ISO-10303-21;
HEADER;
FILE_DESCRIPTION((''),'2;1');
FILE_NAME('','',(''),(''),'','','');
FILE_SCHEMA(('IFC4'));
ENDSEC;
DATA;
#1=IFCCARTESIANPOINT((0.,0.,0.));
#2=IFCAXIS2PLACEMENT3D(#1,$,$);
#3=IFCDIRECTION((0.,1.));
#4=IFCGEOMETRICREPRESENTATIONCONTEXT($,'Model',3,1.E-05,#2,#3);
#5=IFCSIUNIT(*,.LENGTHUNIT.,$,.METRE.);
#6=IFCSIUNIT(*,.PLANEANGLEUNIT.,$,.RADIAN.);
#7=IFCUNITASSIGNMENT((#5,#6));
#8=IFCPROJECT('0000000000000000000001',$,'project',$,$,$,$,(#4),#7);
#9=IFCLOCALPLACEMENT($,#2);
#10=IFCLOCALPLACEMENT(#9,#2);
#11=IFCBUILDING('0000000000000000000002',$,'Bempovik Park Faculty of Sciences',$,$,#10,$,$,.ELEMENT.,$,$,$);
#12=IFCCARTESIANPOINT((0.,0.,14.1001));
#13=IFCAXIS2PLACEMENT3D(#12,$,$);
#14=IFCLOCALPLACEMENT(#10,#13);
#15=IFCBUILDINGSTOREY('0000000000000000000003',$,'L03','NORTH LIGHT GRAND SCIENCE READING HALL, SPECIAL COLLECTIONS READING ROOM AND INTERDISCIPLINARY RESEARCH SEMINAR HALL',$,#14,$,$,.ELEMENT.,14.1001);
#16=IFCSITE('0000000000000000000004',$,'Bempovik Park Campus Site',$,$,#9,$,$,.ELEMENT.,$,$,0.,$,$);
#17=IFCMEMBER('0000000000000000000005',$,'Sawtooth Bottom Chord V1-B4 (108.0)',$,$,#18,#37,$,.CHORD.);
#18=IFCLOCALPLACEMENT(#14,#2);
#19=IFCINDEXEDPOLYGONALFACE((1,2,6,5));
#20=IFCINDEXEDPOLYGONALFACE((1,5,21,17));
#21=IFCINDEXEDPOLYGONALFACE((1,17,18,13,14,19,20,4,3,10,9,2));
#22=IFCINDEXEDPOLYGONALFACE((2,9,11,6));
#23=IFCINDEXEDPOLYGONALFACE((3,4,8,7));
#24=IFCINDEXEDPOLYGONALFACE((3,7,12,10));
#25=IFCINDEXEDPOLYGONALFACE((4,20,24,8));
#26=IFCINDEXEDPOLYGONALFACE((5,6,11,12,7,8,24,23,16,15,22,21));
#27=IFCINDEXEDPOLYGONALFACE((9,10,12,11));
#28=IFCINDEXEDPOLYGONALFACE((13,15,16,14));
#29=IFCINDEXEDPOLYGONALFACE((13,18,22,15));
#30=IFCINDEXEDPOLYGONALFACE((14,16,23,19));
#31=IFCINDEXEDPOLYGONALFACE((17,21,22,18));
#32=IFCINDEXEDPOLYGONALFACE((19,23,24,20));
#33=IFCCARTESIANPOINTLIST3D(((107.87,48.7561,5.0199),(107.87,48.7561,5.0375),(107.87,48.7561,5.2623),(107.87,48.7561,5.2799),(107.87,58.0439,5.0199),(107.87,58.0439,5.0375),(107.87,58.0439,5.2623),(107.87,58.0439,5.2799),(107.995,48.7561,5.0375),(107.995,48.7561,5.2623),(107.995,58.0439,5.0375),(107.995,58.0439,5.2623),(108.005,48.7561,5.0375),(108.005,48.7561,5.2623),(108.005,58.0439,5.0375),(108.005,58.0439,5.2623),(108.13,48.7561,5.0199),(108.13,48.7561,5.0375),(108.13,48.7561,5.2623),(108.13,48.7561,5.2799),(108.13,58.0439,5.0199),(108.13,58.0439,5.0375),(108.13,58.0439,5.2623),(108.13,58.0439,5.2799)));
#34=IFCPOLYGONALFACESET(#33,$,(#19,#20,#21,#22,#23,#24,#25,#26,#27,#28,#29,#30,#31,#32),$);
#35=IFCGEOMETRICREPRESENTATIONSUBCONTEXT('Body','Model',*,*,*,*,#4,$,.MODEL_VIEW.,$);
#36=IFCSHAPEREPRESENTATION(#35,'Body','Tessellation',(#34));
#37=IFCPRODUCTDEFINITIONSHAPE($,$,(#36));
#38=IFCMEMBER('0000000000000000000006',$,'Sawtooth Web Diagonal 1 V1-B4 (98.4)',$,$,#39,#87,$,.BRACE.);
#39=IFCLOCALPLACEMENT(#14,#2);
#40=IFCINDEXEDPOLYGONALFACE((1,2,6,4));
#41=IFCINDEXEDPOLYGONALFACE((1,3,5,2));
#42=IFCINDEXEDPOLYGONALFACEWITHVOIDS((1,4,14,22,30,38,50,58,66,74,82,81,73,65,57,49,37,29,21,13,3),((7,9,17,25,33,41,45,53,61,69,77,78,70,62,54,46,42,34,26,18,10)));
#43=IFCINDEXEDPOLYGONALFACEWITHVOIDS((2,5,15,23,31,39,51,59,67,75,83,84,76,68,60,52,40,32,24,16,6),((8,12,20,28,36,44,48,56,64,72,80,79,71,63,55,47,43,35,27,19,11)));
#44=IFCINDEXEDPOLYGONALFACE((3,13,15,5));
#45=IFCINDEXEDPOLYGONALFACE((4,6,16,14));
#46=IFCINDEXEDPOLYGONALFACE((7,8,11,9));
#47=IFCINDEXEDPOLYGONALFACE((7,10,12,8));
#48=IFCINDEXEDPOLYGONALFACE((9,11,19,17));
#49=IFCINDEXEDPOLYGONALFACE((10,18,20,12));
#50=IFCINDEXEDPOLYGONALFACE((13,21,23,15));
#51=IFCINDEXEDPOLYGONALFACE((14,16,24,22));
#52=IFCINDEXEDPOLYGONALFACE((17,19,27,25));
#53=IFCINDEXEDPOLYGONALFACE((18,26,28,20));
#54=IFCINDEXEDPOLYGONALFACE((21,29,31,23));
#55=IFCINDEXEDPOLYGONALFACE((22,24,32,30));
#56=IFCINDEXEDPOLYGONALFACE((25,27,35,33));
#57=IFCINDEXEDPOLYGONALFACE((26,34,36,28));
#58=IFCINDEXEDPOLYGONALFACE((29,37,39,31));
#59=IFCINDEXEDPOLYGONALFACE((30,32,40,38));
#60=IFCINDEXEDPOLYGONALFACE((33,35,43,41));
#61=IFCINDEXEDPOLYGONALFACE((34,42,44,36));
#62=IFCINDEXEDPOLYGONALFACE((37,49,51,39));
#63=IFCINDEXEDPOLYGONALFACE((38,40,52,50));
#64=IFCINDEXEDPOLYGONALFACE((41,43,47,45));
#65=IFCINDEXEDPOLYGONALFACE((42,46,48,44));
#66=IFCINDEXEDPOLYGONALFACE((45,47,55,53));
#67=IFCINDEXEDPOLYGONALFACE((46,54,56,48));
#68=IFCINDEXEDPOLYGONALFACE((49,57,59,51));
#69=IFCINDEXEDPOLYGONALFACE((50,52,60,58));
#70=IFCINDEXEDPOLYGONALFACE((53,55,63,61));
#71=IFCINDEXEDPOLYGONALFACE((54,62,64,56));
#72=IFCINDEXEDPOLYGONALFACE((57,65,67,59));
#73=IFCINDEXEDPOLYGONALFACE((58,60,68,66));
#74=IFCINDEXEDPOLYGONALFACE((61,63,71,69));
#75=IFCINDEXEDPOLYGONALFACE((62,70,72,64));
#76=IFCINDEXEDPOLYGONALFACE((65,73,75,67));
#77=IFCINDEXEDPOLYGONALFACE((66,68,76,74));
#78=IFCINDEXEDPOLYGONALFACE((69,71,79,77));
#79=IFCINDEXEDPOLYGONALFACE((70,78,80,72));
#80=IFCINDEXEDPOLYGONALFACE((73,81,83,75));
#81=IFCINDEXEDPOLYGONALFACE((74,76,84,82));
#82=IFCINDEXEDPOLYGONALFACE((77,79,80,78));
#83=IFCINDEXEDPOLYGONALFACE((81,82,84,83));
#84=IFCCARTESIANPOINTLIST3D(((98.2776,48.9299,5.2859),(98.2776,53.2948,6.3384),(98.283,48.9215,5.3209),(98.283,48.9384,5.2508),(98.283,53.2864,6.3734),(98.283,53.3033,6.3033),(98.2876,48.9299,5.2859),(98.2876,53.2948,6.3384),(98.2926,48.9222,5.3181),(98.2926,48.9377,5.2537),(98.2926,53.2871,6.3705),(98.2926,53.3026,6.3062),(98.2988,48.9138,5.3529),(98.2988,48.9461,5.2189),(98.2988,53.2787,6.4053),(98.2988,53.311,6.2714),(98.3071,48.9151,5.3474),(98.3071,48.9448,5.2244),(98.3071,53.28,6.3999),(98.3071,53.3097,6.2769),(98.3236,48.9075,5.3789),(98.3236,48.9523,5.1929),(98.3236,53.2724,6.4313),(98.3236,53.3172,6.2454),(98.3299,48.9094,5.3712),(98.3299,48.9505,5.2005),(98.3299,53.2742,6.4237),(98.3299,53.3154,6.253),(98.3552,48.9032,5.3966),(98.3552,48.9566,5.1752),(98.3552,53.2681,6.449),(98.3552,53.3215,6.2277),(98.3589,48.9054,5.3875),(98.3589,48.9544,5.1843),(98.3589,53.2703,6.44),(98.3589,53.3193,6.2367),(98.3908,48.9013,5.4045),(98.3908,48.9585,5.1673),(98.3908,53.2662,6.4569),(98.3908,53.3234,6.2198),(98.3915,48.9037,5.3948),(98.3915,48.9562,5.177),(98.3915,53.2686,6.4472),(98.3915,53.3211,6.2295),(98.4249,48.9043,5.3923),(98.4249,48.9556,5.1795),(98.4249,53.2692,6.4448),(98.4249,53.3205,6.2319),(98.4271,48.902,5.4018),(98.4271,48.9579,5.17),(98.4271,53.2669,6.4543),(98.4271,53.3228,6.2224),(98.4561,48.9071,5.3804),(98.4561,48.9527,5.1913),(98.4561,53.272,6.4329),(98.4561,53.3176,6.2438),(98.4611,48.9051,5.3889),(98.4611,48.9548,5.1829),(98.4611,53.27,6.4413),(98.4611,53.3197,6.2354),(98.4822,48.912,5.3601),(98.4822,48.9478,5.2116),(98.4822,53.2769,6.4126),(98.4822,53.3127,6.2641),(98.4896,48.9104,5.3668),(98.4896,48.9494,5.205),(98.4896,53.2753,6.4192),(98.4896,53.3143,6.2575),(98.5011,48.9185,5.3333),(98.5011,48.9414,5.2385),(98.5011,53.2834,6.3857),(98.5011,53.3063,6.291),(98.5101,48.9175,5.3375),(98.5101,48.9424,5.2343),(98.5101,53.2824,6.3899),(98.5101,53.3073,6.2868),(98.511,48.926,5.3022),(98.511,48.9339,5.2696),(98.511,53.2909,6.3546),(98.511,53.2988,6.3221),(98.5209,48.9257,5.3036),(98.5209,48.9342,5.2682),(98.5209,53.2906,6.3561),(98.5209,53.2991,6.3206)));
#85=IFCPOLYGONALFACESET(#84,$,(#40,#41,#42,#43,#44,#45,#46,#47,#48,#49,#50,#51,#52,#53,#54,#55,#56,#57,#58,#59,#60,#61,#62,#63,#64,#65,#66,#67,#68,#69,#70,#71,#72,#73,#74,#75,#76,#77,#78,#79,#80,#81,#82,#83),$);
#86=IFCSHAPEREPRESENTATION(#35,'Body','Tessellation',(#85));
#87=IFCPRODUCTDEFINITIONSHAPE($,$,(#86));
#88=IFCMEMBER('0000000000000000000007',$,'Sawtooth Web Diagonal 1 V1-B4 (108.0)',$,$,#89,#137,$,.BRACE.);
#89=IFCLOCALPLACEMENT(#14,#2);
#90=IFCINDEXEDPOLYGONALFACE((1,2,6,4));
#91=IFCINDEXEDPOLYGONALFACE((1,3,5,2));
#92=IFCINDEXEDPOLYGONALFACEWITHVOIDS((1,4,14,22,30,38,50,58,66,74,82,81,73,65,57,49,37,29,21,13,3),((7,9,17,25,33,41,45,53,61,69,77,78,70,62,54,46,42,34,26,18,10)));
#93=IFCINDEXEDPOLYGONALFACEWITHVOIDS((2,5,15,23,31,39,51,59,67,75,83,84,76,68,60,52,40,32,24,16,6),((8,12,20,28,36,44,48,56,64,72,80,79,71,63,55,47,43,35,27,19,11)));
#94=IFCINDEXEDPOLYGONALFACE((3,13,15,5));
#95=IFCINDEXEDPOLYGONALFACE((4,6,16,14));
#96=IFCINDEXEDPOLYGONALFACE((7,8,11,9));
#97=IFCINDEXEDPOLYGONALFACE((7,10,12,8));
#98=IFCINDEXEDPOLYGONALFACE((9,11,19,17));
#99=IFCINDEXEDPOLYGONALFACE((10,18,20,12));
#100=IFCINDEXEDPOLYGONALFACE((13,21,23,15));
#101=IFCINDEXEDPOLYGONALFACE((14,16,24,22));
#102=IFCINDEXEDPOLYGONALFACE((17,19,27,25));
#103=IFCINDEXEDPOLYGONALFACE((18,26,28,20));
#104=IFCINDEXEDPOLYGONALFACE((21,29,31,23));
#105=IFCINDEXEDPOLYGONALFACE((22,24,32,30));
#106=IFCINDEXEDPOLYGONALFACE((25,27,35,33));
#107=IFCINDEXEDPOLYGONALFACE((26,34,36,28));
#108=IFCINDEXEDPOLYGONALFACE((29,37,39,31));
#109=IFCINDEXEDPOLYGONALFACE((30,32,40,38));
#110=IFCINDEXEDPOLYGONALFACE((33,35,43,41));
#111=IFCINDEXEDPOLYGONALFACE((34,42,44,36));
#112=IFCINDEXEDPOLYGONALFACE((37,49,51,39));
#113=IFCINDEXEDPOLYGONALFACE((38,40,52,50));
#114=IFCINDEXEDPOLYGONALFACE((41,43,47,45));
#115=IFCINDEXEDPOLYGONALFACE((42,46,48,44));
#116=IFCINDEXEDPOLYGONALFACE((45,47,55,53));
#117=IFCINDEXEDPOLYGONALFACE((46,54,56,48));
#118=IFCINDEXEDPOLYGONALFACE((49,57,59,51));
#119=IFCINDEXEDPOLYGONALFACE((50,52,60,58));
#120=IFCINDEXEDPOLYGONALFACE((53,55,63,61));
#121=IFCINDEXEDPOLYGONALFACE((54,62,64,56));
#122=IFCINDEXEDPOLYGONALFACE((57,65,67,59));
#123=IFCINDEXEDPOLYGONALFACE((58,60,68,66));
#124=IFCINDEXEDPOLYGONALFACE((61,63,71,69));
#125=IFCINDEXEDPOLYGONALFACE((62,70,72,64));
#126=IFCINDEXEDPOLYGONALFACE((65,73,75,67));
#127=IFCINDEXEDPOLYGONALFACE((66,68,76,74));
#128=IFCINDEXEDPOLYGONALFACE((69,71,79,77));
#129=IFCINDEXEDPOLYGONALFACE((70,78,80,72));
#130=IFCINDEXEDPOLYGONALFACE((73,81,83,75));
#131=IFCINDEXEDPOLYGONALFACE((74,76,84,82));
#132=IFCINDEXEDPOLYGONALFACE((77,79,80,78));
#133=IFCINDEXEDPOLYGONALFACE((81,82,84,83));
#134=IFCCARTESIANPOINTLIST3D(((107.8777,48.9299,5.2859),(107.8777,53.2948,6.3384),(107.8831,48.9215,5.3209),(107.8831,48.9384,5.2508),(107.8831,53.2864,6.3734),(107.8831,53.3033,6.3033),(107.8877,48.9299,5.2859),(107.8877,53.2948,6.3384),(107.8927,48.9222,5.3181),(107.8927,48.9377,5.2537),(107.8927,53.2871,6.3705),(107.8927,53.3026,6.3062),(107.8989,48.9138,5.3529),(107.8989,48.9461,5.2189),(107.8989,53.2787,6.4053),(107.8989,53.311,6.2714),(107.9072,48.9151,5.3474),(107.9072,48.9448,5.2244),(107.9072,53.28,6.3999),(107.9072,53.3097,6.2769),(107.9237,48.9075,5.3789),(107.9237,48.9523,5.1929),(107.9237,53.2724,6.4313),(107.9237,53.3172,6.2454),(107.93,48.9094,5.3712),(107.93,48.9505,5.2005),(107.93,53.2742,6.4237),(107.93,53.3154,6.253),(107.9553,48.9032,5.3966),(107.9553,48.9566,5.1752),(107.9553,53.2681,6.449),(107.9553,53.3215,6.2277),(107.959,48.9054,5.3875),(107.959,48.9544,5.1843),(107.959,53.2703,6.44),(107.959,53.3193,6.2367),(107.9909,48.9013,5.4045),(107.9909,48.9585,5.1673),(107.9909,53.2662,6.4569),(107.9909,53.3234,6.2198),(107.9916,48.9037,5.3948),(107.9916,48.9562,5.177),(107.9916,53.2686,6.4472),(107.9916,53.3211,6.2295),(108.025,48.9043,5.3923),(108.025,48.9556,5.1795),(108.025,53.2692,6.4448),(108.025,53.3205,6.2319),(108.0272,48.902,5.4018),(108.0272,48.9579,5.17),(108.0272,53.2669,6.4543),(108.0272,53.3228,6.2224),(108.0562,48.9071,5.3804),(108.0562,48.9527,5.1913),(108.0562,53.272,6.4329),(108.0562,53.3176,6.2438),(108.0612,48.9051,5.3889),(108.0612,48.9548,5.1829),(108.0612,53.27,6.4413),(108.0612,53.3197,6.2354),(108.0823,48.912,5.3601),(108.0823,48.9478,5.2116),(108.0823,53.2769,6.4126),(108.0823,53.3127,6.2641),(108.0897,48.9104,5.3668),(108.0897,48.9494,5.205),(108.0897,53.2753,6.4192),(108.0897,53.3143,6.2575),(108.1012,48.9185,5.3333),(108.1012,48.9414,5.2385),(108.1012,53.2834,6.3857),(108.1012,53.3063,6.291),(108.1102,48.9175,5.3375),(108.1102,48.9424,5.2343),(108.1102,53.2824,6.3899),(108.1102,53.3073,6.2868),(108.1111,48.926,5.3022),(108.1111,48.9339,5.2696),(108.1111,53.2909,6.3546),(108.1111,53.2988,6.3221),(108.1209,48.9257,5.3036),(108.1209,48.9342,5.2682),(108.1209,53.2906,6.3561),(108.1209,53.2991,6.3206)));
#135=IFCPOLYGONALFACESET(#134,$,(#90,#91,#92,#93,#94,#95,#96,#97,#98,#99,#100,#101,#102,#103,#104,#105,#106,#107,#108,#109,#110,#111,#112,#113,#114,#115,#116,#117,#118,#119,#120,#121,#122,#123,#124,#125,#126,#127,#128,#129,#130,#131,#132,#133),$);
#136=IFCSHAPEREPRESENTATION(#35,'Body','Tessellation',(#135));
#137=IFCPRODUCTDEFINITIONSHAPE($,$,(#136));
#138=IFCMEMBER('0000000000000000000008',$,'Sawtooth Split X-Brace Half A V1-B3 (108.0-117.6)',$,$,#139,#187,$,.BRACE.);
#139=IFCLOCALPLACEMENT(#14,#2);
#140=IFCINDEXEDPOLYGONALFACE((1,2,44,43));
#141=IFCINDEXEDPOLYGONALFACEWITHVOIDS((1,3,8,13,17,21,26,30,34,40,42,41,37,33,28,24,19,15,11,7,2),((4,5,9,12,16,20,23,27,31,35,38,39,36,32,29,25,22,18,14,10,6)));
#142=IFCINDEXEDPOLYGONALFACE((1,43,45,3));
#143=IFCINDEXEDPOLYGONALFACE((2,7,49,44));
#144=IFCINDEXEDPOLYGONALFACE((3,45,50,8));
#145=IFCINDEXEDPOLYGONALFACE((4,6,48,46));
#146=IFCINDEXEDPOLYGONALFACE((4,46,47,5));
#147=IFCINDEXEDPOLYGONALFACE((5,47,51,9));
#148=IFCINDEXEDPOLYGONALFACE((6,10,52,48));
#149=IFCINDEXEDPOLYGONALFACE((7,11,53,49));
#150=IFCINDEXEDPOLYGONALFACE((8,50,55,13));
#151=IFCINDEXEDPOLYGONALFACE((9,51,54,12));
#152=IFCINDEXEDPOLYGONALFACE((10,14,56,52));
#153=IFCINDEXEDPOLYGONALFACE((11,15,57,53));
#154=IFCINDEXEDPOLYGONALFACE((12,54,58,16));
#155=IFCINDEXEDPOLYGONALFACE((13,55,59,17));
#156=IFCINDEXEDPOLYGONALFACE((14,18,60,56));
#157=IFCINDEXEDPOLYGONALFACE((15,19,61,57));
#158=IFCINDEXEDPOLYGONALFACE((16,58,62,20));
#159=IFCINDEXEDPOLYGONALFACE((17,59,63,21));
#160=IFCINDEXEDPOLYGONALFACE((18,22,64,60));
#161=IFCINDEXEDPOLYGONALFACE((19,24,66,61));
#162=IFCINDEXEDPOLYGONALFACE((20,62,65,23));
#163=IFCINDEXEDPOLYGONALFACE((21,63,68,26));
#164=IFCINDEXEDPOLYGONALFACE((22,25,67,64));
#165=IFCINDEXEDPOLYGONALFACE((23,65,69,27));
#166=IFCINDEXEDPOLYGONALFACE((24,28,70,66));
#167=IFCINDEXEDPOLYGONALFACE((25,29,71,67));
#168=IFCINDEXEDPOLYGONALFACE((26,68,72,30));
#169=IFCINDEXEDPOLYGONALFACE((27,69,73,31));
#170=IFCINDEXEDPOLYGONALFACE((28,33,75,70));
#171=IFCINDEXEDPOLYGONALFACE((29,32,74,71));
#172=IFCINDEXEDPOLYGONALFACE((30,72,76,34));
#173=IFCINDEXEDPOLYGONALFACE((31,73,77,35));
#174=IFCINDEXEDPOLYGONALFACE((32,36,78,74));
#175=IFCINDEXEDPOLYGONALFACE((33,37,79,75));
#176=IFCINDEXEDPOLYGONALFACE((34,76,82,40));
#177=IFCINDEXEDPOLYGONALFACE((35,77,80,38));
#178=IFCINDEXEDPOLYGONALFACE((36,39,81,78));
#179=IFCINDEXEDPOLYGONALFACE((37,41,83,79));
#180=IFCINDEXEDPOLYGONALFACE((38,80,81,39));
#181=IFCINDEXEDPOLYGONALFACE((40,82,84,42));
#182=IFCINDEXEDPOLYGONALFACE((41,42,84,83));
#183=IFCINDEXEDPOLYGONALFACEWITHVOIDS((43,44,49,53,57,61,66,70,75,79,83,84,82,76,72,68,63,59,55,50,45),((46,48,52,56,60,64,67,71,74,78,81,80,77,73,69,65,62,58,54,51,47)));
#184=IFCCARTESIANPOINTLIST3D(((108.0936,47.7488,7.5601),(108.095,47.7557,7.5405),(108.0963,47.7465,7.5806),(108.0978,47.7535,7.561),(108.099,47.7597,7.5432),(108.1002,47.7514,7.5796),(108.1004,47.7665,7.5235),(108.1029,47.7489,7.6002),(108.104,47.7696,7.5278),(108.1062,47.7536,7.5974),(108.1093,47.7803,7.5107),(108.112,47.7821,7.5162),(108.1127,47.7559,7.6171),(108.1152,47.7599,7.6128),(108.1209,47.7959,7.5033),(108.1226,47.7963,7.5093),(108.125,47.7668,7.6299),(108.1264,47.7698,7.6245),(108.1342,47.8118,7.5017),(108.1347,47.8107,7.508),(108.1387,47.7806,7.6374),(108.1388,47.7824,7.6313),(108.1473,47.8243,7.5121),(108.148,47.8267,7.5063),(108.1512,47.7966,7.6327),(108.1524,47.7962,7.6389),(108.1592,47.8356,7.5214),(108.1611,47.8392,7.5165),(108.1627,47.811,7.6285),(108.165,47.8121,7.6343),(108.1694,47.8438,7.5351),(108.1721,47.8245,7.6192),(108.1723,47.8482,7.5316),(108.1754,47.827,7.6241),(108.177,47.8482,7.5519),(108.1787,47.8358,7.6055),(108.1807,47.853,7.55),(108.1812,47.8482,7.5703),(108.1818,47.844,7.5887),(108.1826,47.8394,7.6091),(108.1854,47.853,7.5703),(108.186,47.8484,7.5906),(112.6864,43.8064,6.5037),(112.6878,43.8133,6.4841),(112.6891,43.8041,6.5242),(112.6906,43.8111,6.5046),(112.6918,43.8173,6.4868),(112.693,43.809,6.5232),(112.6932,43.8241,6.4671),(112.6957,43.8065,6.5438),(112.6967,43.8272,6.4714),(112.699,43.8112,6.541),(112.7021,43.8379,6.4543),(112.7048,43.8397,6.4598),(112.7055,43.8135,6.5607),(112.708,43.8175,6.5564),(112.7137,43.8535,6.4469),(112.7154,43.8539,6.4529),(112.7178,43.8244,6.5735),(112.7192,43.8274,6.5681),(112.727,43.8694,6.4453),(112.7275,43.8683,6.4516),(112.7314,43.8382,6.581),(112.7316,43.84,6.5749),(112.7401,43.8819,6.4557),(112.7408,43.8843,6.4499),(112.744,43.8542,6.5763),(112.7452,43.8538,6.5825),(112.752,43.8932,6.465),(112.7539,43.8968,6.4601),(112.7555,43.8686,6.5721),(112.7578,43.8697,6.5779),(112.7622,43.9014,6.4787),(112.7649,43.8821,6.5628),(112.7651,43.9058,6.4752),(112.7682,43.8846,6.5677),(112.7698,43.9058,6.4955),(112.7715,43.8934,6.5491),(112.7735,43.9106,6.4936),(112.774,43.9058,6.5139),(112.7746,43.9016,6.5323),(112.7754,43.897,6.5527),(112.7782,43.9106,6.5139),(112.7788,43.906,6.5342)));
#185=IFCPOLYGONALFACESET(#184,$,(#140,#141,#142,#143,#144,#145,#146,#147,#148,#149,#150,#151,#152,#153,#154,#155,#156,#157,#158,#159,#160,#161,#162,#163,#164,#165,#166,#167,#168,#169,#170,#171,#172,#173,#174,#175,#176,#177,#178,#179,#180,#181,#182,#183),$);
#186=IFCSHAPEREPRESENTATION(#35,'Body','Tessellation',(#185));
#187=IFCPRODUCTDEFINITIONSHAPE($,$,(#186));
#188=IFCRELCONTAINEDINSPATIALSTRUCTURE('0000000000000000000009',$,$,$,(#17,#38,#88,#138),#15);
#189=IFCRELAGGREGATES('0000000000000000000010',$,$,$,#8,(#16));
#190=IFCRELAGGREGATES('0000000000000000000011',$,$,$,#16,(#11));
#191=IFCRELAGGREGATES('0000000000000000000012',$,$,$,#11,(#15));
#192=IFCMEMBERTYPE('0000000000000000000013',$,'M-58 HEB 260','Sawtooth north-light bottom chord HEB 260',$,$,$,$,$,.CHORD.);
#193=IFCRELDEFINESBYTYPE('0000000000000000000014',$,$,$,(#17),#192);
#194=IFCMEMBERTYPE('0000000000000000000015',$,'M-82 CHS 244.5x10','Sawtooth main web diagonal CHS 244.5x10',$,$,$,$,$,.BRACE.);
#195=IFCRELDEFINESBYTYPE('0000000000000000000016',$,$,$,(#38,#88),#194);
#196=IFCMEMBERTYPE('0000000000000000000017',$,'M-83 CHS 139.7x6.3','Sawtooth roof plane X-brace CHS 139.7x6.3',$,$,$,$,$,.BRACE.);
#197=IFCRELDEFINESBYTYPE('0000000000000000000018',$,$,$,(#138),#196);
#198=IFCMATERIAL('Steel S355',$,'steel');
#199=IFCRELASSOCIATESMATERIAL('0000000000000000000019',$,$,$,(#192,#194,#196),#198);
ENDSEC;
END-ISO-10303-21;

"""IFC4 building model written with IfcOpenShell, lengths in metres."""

from ifc_helpers import new_model, si_unit, direction, frame, origin, origin_2d, place, context, subcontext, project, spatial, hollow_circle, i_section, extrude, material, material_profile, profile_set, type_object, element, save


model = new_model("IFC4")

# Units and contexts
model_context = context("Model", 3, precision=1e-05, world=origin(), true_north=direction((0.0, 1.0)))
body_context = subcontext(model_context, "Body", "Model", "MODEL_VIEW")
ifc_project = project(units=[si_unit("LENGTHUNIT", "METRE"), si_unit("PLANEANGLEUNIT", "RADIAN")], contexts=[model_context])

# Site, building, storey
site_placement = place(None, origin())
site = spatial("IfcSite", under=ifc_project, at=site_placement, Name="Bempovik Park Campus Site", CompositionType="ELEMENT", RefElevation=0.0)
building_placement = place(site_placement, origin())
building = spatial("IfcBuilding", under=site, at=building_placement, Name="Bempovik Park Faculty of Sciences", CompositionType="ELEMENT")
storey_placement = place(building_placement, frame((0.0, 0.0, 14.1001)))
storey = spatial("IfcBuildingStorey", under=building, at=storey_placement, Name="L03", Description="NORTH LIGHT GRAND SCIENCE READING HALL, SPECIAL COLLECTIONS READING ROOM AND INTERDISCIPLINARY RESEARCH SEMINAR HALL", CompositionType="ELEMENT", Elevation=14.1001)

# Shared definitions
ifc_material_1 = material(Name="Steel S355", Category="steel")

# Members
ifc_material_profile_1 = material_profile(ifc_material_1, i_section(OverallWidth=0.26, OverallDepth=0.26, WebThickness=0.01, FlangeThickness=0.0176, at=origin_2d()), Name="HEB 260")
ifc_profile_set_1 = profile_set([ifc_material_profile_1], Name="Steel S355")
member_type_1 = type_object("IfcMemberType", Name="M-58 HEB 260", Description="Sawtooth north-light bottom chord HEB 260", PredefinedType="CHORD", material=ifc_profile_set_1)
member_1_placement = place(storey_placement, frame((108.0, 48.7561, 5.1499), z_axis=(0.0, 1.0, 0.0), x_axis=(-1.0, 0.0, 0.0)))
element("IfcMember", 1, at=member_1_placement, inside=storey, type_object=member_type_1, Name="Sawtooth Bottom Chord V1-B4 (108.0)", PredefinedType="CHORD", context=body_context, shape_type="SweptSolid", body=[
    extrude(i_section(OverallWidth=0.26, OverallDepth=0.26, WebThickness=0.01, FlangeThickness=0.0176, at=origin_2d()), origin(), (0.0, 0.0, 1.0), 9.2878),
])
ifc_material_profile_2 = material_profile(ifc_material_1, hollow_circle(Radius=0.1223, WallThickness=0.01, at=origin_2d()), Name="CHS 244.5x10")
ifc_profile_set_2 = profile_set([ifc_material_profile_2], Name="Steel S355")
member_type_2 = type_object("IfcMemberType", Name="M-82 CHS 244.5x10", Description="Sawtooth main web diagonal CHS 244.5x10", PredefinedType="BRACE", material=ifc_profile_set_2)
for number, where, z_axis, x_axis, name in (
    (2, (98.3999, 48.9299, 5.2859), (0.0, 0.972139, 0.234403), (-1.0, 0.0, 0.0), "Sawtooth Web Diagonal 1 V1-B4 (98.4)"),
    (3, (108.0, 48.9299, 5.2859), (0.0, 0.972139, 0.234403), (-1.0, 0.0, 0.0), "Sawtooth Web Diagonal 1 V1-B4 (108.0)"),
):
    element("IfcMember", number, at=place(storey_placement, frame(where, z_axis=z_axis, x_axis=x_axis)), inside=storey, type_object=member_type_2, Name=name, PredefinedType="BRACE", context=body_context, shape_type="SweptSolid", body=[
        extrude(hollow_circle(Radius=0.1223, WallThickness=0.01, at=origin_2d()), origin(), (0.0, 0.0, 1.0), 4.49),
    ])
ifc_material_profile_3 = material_profile(ifc_material_1, hollow_circle(Radius=0.0698, WallThickness=0.0063, at=origin_2d()), Name="CHS 139.7x6.3")
ifc_profile_set_3 = profile_set([ifc_material_profile_3], Name="Steel S355")
member_type_3 = type_object("IfcMemberType", Name="M-83 CHS 139.7x6.3", Description="Sawtooth roof plane X-brace CHS 139.7x6.3", PredefinedType="BRACE", material=ifc_profile_set_3)
member_2_placement = place(storey_placement, frame((108.1399, 47.8, 7.5703), z_axis=(0.74749, -0.641637, -0.171932), x_axis=(0.651336, 0.758789, 0.0)))
element("IfcMember", 4, at=member_2_placement, inside=storey, type_object=member_type_3, Name="Sawtooth Split X-Brace Half A V1-B3 (108.0-117.6)", PredefinedType="BRACE", context=body_context, shape_type="SweptSolid", body=[
    extrude(hollow_circle(Radius=0.0698, WallThickness=0.0063, at=origin_2d()), origin(), (0.0, 0.0, 1.0), 6.1443),
])

save(model, "model.ifc")
